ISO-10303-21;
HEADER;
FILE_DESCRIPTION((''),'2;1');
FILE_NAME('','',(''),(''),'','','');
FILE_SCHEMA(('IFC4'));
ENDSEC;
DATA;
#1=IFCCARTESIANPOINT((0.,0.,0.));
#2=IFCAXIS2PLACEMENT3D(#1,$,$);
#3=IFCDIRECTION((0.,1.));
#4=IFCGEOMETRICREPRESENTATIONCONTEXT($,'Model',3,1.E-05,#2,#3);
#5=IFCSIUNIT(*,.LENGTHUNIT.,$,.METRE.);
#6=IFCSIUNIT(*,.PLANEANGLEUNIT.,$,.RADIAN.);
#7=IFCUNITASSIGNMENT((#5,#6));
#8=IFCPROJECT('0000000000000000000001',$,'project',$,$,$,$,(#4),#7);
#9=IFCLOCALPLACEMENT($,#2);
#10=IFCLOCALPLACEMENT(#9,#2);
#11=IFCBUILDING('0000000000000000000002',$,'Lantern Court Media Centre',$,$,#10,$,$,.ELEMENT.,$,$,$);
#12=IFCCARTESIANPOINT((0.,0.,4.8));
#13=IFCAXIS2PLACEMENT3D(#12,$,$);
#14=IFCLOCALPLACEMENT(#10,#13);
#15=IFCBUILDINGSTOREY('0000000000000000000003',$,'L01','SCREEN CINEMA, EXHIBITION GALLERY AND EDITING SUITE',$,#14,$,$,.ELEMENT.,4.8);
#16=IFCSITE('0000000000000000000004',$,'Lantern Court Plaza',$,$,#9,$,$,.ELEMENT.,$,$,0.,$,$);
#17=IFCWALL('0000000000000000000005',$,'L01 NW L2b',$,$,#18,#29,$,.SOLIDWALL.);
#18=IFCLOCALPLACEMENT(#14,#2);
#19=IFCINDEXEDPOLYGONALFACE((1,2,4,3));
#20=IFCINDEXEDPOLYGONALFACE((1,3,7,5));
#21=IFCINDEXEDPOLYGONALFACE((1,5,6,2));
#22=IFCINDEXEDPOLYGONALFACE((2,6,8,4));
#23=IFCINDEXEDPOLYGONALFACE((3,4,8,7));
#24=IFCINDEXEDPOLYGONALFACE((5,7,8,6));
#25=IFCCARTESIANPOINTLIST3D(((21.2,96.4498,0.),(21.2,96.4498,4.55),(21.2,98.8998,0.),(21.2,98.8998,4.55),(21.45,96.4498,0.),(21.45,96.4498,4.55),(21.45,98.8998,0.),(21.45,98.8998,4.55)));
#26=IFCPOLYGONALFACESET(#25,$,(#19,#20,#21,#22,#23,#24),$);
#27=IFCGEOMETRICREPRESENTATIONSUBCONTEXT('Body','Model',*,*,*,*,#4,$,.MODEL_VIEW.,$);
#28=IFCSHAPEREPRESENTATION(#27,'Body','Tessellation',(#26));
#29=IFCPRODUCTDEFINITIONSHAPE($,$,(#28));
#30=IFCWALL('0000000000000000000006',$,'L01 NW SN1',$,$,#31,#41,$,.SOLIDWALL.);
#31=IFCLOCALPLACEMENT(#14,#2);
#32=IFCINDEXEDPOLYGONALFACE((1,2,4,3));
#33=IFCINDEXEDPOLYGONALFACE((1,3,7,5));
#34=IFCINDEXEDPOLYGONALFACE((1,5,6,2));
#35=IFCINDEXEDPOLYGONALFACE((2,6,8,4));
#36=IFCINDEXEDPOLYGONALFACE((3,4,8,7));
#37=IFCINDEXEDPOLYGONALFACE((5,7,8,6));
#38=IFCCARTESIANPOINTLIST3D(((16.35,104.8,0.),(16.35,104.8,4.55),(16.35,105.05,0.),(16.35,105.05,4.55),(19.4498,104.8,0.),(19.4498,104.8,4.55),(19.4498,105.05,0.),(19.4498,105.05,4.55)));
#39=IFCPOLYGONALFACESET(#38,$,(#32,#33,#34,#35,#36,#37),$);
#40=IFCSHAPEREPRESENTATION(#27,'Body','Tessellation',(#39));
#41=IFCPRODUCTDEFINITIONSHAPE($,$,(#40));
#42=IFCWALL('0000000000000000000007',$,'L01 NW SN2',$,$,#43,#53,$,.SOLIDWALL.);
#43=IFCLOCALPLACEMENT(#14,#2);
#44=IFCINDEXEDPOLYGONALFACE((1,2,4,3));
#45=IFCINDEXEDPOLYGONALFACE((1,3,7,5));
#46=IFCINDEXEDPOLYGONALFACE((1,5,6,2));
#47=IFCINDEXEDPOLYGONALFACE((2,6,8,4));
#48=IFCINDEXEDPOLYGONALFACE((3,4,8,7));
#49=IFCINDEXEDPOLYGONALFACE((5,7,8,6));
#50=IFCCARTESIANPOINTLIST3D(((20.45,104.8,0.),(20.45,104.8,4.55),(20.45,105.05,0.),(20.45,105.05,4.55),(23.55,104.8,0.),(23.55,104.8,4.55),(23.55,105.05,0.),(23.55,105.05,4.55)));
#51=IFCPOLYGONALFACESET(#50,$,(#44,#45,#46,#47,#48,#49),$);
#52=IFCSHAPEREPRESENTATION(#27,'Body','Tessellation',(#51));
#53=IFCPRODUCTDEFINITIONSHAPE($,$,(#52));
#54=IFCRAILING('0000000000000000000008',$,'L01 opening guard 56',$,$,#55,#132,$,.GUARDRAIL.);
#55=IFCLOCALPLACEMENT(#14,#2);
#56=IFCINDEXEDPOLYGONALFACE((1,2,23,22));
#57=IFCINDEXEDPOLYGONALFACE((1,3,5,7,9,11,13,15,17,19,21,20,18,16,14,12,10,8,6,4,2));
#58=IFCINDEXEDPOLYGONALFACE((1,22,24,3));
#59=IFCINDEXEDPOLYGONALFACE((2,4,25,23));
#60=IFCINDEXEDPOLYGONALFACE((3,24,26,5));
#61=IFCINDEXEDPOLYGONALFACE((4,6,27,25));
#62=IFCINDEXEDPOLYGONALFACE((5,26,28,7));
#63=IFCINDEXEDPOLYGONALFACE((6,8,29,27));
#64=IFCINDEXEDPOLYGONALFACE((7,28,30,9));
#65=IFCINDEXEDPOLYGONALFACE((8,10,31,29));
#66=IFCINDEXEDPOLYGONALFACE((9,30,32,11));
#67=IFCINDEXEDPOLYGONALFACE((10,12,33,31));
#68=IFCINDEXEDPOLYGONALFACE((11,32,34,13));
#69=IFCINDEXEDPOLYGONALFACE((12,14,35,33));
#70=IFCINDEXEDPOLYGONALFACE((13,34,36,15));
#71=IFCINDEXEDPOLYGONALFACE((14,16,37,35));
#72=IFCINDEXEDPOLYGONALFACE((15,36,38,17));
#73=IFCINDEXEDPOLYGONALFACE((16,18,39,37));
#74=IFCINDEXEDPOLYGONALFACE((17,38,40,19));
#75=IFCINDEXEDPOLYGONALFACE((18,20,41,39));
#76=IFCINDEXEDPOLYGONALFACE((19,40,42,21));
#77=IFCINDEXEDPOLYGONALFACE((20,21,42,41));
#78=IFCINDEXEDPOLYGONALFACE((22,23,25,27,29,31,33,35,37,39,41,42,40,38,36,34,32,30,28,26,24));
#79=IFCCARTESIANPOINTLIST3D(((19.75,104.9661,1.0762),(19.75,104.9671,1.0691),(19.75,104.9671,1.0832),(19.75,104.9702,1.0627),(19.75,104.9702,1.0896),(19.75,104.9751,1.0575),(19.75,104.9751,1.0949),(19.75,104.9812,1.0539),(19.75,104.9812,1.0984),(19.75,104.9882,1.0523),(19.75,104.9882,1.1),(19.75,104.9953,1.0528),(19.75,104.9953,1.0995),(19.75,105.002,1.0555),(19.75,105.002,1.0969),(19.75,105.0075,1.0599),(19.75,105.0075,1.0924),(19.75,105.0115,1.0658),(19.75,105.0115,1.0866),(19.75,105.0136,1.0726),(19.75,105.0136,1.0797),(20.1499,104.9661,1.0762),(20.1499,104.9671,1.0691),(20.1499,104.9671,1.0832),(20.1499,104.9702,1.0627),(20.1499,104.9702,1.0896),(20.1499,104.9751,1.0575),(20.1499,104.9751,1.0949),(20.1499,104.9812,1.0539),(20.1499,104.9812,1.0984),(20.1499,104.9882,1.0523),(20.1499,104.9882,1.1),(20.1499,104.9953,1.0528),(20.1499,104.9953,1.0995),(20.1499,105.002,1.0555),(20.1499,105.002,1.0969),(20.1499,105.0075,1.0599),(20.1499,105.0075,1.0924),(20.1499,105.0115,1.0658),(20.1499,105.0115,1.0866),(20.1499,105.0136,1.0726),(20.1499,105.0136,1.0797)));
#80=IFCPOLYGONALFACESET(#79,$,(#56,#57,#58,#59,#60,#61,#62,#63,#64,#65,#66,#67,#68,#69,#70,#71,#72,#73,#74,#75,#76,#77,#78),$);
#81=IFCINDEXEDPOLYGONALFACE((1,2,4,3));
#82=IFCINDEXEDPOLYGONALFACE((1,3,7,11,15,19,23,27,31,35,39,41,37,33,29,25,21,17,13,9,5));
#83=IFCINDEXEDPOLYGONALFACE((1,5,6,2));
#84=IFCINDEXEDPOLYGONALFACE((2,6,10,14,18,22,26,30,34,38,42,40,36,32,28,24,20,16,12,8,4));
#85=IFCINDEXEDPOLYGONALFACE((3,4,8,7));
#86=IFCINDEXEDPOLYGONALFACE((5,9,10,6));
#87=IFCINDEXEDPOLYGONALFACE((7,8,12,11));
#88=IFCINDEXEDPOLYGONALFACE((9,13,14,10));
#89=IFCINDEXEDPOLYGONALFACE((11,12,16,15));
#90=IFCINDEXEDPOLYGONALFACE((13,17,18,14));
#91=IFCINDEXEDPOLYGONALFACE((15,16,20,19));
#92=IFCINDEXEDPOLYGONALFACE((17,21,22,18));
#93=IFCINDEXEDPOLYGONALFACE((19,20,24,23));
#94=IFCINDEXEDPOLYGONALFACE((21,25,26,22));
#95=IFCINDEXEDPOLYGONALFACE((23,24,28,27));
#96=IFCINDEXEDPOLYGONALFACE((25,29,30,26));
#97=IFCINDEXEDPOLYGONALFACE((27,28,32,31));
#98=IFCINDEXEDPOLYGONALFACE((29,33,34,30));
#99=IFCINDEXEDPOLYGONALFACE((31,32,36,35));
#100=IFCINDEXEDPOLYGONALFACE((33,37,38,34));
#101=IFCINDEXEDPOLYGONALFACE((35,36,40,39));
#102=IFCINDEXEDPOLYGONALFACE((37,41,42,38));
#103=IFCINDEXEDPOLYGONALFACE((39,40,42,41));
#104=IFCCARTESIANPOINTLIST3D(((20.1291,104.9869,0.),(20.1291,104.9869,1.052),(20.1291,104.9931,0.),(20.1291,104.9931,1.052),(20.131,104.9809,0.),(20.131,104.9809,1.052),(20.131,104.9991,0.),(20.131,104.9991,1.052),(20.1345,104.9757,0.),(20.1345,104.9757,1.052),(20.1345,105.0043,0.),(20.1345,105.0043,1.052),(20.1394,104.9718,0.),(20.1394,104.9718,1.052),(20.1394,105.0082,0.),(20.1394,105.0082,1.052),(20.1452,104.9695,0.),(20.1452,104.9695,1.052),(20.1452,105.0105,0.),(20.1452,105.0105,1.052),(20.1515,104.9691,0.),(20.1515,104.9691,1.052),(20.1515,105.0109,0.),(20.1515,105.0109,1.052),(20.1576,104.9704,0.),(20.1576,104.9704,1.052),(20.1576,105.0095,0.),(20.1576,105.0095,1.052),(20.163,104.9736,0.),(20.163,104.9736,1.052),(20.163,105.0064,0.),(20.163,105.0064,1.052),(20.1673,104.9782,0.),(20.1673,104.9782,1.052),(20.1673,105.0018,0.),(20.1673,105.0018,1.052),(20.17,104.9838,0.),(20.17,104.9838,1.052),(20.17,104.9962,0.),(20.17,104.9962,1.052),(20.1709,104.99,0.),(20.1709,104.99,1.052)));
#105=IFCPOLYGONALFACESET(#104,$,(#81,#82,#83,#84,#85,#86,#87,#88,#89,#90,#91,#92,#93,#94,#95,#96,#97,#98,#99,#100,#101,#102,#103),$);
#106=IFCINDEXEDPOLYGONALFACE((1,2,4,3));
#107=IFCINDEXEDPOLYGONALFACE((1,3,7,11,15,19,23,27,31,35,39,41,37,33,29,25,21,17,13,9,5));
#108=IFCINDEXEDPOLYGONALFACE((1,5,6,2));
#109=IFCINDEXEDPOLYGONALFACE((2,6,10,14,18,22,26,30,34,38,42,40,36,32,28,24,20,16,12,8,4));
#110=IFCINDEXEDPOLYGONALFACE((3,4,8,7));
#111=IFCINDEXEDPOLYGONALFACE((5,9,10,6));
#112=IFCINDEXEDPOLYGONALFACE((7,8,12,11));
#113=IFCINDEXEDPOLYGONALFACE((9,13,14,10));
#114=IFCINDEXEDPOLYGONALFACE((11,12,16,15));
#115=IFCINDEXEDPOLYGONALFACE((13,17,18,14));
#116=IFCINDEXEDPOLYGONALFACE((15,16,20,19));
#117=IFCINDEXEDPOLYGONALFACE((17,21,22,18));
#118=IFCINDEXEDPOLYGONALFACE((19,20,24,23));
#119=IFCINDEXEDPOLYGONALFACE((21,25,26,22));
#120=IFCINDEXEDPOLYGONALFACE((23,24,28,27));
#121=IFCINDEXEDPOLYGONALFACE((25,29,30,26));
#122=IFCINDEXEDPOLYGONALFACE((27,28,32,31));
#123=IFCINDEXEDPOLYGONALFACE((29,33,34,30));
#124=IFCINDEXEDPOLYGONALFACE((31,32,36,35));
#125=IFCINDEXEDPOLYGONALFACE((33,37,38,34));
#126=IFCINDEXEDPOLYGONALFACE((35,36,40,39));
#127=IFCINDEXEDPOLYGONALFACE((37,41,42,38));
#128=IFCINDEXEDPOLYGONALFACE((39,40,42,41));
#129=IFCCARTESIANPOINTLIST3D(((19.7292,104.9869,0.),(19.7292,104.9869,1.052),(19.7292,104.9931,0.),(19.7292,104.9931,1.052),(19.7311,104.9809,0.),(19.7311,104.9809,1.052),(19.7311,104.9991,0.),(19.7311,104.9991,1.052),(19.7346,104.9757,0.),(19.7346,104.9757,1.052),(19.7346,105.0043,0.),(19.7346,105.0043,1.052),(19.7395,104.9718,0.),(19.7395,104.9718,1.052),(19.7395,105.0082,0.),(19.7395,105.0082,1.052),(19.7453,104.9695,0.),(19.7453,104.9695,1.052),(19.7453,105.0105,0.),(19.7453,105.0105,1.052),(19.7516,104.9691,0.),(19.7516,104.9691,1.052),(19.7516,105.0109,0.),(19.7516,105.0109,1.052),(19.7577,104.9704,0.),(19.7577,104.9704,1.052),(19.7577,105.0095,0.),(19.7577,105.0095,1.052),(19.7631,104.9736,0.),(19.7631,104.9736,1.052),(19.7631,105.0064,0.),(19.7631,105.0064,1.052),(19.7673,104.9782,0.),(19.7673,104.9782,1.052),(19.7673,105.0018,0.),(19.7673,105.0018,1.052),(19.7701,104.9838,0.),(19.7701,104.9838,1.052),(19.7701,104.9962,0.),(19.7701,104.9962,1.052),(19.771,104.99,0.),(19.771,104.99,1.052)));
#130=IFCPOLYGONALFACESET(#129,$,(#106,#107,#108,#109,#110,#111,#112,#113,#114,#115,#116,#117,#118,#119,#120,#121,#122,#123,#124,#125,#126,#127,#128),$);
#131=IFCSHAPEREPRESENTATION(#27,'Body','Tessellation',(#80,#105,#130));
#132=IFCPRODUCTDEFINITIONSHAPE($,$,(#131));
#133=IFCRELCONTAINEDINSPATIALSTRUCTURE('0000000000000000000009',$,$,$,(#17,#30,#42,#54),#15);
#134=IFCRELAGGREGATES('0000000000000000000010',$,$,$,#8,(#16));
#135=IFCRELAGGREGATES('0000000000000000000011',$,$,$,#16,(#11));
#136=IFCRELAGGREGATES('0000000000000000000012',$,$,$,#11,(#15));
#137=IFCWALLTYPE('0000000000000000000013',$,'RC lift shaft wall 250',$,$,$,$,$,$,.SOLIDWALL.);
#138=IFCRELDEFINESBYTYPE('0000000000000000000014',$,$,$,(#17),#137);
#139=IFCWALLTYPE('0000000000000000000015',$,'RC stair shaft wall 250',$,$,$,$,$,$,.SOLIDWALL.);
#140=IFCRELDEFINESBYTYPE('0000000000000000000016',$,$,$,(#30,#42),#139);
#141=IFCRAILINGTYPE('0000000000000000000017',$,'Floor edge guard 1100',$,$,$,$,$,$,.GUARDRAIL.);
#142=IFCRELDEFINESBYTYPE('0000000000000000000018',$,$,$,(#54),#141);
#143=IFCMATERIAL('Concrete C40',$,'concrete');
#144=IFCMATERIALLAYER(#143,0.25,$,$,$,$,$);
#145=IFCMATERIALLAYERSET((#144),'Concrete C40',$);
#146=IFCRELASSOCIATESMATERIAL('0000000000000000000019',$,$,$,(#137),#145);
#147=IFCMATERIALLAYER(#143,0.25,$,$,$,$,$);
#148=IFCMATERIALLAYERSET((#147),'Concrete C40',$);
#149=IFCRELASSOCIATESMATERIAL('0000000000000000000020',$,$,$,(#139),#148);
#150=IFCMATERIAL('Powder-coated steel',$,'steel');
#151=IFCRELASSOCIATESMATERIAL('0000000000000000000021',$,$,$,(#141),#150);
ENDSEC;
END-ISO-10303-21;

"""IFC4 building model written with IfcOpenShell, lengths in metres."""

from ifc_helpers import new_model, si_unit, direction, frame, frame_2d, origin, origin_2d, place, context, subcontext, project, spatial, rectangle, circle, extrude, material, layer, layer_set, type_object, element, save


model = new_model("IFC4")

# Units and contexts
model_context = context("Model", 3, precision=1e-05, world=origin(), true_north=direction((0.0, 1.0)))
body_context = subcontext(model_context, "Body", "Model", "MODEL_VIEW")
ifc_project = project(units=[si_unit("LENGTHUNIT", "METRE"), si_unit("PLANEANGLEUNIT", "RADIAN")], contexts=[model_context])

# Site, building, storey
site_placement = place(None, origin())
site = spatial("IfcSite", under=ifc_project, at=site_placement, Name="Lantern Court Plaza", CompositionType="ELEMENT", RefElevation=0.0)
building_placement = place(site_placement, origin())
building = spatial("IfcBuilding", under=site, at=building_placement, Name="Lantern Court Media Centre", CompositionType="ELEMENT")
storey_placement = place(building_placement, frame((0.0, 0.0, 4.8)))
storey = spatial("IfcBuildingStorey", under=building, at=storey_placement, Name="L01", Description="SCREEN CINEMA, EXHIBITION GALLERY AND EDITING SUITE", CompositionType="ELEMENT", Elevation=4.8)

# Shared definitions
ifc_material_1 = material(Name="Concrete C40", Category="concrete")

# Walls
ifc_layer_1 = layer(ifc_material_1, 0.25)
ifc_layer_set_1 = layer_set([ifc_layer_1], Name="Concrete C40")
wall_type_1 = type_object("IfcWallType", Name="RC lift shaft wall 250", PredefinedType="SOLIDWALL", material=ifc_layer_set_1)
wall_1_placement = place(storey_placement, frame((21.325, 98.8999, 0.0), z_axis=(0.0, 0.0, 1.0), x_axis=(0.0, -1.0, 0.0)))
element("IfcWall", 1, at=wall_1_placement, inside=storey, type_object=wall_type_1, Name="L01 NW L2b", PredefinedType="SOLIDWALL", context=body_context, shape_type="SweptSolid", body=[
    extrude(rectangle(XDim=2.45, YDim=0.25, at=frame_2d((1.2251, 0.0))), origin(), (0.0, 0.0, 1.0), 4.55),
])
ifc_layer_2 = layer(ifc_material_1, 0.25)
ifc_layer_set_2 = layer_set([ifc_layer_2], Name="Concrete C40")
wall_type_2 = type_object("IfcWallType", Name="RC stair shaft wall 250", PredefinedType="SOLIDWALL", material=ifc_layer_set_2)
wall_2_placement = place(storey_placement, frame((16.3501, 104.925, 0.0), z_axis=(0.0, 0.0, 1.0), x_axis=(1.0, 0.0, 0.0)))
element("IfcWall", 2, at=wall_2_placement, inside=storey, type_object=wall_type_2, Name="L01 NW SN1", PredefinedType="SOLIDWALL", context=body_context, shape_type="SweptSolid", body=[
    extrude(rectangle(XDim=3.0999, YDim=0.25, at=frame_2d((1.5498, 0.0))), origin(), (0.0, 0.0, 1.0), 4.55),
])
wall_3_placement = place(storey_placement, frame((20.45, 104.925, 0.0), z_axis=(0.0, 0.0, 1.0), x_axis=(1.0, 0.0, 0.0)))
element("IfcWall", 3, at=wall_3_placement, inside=storey, type_object=wall_type_2, Name="L01 NW SN2", PredefinedType="SOLIDWALL", context=body_context, shape_type="SweptSolid", body=[
    extrude(rectangle(XDim=3.1001, YDim=0.25, at=frame_2d((1.55, 0.0))), origin(), (0.0, 0.0, 1.0), 4.55),
])

# Railing
ifc_material_2 = material(Name="Powder-coated steel", Category="steel")
railing_type = type_object("IfcRailingType", Name="Floor edge guard 1100", PredefinedType="GUARDRAIL", material=ifc_material_2)
railing_placement = place(storey_placement, frame((20.1499, 104.99, 0.0)))
element("IfcRailing", 4, at=railing_placement, inside=storey, type_object=railing_type, Name="L01 opening guard 56", PredefinedType="GUARDRAIL", context=body_context, shape_type="SweptSolid", body=[
    extrude(circle(Radius=0.0239, at=origin_2d()), frame((0.0, 0.0, 1.0762), z_axis=(-1.0, 0.0, 0.0), x_axis=(0.0, -1.0, 0.0)), (0.0, 0.0, 1.0), 0.3999),
    extrude(circle(Radius=0.021, at=origin_2d()), origin(), (0.0, 0.0, 1.0), 1.052),
    extrude(circle(Radius=0.021, at=origin_2d()), frame((-0.3999, 0.0, 0.0)), (0.0, 0.0, 1.0), 1.052),
])

save(model, "model.ifc")
